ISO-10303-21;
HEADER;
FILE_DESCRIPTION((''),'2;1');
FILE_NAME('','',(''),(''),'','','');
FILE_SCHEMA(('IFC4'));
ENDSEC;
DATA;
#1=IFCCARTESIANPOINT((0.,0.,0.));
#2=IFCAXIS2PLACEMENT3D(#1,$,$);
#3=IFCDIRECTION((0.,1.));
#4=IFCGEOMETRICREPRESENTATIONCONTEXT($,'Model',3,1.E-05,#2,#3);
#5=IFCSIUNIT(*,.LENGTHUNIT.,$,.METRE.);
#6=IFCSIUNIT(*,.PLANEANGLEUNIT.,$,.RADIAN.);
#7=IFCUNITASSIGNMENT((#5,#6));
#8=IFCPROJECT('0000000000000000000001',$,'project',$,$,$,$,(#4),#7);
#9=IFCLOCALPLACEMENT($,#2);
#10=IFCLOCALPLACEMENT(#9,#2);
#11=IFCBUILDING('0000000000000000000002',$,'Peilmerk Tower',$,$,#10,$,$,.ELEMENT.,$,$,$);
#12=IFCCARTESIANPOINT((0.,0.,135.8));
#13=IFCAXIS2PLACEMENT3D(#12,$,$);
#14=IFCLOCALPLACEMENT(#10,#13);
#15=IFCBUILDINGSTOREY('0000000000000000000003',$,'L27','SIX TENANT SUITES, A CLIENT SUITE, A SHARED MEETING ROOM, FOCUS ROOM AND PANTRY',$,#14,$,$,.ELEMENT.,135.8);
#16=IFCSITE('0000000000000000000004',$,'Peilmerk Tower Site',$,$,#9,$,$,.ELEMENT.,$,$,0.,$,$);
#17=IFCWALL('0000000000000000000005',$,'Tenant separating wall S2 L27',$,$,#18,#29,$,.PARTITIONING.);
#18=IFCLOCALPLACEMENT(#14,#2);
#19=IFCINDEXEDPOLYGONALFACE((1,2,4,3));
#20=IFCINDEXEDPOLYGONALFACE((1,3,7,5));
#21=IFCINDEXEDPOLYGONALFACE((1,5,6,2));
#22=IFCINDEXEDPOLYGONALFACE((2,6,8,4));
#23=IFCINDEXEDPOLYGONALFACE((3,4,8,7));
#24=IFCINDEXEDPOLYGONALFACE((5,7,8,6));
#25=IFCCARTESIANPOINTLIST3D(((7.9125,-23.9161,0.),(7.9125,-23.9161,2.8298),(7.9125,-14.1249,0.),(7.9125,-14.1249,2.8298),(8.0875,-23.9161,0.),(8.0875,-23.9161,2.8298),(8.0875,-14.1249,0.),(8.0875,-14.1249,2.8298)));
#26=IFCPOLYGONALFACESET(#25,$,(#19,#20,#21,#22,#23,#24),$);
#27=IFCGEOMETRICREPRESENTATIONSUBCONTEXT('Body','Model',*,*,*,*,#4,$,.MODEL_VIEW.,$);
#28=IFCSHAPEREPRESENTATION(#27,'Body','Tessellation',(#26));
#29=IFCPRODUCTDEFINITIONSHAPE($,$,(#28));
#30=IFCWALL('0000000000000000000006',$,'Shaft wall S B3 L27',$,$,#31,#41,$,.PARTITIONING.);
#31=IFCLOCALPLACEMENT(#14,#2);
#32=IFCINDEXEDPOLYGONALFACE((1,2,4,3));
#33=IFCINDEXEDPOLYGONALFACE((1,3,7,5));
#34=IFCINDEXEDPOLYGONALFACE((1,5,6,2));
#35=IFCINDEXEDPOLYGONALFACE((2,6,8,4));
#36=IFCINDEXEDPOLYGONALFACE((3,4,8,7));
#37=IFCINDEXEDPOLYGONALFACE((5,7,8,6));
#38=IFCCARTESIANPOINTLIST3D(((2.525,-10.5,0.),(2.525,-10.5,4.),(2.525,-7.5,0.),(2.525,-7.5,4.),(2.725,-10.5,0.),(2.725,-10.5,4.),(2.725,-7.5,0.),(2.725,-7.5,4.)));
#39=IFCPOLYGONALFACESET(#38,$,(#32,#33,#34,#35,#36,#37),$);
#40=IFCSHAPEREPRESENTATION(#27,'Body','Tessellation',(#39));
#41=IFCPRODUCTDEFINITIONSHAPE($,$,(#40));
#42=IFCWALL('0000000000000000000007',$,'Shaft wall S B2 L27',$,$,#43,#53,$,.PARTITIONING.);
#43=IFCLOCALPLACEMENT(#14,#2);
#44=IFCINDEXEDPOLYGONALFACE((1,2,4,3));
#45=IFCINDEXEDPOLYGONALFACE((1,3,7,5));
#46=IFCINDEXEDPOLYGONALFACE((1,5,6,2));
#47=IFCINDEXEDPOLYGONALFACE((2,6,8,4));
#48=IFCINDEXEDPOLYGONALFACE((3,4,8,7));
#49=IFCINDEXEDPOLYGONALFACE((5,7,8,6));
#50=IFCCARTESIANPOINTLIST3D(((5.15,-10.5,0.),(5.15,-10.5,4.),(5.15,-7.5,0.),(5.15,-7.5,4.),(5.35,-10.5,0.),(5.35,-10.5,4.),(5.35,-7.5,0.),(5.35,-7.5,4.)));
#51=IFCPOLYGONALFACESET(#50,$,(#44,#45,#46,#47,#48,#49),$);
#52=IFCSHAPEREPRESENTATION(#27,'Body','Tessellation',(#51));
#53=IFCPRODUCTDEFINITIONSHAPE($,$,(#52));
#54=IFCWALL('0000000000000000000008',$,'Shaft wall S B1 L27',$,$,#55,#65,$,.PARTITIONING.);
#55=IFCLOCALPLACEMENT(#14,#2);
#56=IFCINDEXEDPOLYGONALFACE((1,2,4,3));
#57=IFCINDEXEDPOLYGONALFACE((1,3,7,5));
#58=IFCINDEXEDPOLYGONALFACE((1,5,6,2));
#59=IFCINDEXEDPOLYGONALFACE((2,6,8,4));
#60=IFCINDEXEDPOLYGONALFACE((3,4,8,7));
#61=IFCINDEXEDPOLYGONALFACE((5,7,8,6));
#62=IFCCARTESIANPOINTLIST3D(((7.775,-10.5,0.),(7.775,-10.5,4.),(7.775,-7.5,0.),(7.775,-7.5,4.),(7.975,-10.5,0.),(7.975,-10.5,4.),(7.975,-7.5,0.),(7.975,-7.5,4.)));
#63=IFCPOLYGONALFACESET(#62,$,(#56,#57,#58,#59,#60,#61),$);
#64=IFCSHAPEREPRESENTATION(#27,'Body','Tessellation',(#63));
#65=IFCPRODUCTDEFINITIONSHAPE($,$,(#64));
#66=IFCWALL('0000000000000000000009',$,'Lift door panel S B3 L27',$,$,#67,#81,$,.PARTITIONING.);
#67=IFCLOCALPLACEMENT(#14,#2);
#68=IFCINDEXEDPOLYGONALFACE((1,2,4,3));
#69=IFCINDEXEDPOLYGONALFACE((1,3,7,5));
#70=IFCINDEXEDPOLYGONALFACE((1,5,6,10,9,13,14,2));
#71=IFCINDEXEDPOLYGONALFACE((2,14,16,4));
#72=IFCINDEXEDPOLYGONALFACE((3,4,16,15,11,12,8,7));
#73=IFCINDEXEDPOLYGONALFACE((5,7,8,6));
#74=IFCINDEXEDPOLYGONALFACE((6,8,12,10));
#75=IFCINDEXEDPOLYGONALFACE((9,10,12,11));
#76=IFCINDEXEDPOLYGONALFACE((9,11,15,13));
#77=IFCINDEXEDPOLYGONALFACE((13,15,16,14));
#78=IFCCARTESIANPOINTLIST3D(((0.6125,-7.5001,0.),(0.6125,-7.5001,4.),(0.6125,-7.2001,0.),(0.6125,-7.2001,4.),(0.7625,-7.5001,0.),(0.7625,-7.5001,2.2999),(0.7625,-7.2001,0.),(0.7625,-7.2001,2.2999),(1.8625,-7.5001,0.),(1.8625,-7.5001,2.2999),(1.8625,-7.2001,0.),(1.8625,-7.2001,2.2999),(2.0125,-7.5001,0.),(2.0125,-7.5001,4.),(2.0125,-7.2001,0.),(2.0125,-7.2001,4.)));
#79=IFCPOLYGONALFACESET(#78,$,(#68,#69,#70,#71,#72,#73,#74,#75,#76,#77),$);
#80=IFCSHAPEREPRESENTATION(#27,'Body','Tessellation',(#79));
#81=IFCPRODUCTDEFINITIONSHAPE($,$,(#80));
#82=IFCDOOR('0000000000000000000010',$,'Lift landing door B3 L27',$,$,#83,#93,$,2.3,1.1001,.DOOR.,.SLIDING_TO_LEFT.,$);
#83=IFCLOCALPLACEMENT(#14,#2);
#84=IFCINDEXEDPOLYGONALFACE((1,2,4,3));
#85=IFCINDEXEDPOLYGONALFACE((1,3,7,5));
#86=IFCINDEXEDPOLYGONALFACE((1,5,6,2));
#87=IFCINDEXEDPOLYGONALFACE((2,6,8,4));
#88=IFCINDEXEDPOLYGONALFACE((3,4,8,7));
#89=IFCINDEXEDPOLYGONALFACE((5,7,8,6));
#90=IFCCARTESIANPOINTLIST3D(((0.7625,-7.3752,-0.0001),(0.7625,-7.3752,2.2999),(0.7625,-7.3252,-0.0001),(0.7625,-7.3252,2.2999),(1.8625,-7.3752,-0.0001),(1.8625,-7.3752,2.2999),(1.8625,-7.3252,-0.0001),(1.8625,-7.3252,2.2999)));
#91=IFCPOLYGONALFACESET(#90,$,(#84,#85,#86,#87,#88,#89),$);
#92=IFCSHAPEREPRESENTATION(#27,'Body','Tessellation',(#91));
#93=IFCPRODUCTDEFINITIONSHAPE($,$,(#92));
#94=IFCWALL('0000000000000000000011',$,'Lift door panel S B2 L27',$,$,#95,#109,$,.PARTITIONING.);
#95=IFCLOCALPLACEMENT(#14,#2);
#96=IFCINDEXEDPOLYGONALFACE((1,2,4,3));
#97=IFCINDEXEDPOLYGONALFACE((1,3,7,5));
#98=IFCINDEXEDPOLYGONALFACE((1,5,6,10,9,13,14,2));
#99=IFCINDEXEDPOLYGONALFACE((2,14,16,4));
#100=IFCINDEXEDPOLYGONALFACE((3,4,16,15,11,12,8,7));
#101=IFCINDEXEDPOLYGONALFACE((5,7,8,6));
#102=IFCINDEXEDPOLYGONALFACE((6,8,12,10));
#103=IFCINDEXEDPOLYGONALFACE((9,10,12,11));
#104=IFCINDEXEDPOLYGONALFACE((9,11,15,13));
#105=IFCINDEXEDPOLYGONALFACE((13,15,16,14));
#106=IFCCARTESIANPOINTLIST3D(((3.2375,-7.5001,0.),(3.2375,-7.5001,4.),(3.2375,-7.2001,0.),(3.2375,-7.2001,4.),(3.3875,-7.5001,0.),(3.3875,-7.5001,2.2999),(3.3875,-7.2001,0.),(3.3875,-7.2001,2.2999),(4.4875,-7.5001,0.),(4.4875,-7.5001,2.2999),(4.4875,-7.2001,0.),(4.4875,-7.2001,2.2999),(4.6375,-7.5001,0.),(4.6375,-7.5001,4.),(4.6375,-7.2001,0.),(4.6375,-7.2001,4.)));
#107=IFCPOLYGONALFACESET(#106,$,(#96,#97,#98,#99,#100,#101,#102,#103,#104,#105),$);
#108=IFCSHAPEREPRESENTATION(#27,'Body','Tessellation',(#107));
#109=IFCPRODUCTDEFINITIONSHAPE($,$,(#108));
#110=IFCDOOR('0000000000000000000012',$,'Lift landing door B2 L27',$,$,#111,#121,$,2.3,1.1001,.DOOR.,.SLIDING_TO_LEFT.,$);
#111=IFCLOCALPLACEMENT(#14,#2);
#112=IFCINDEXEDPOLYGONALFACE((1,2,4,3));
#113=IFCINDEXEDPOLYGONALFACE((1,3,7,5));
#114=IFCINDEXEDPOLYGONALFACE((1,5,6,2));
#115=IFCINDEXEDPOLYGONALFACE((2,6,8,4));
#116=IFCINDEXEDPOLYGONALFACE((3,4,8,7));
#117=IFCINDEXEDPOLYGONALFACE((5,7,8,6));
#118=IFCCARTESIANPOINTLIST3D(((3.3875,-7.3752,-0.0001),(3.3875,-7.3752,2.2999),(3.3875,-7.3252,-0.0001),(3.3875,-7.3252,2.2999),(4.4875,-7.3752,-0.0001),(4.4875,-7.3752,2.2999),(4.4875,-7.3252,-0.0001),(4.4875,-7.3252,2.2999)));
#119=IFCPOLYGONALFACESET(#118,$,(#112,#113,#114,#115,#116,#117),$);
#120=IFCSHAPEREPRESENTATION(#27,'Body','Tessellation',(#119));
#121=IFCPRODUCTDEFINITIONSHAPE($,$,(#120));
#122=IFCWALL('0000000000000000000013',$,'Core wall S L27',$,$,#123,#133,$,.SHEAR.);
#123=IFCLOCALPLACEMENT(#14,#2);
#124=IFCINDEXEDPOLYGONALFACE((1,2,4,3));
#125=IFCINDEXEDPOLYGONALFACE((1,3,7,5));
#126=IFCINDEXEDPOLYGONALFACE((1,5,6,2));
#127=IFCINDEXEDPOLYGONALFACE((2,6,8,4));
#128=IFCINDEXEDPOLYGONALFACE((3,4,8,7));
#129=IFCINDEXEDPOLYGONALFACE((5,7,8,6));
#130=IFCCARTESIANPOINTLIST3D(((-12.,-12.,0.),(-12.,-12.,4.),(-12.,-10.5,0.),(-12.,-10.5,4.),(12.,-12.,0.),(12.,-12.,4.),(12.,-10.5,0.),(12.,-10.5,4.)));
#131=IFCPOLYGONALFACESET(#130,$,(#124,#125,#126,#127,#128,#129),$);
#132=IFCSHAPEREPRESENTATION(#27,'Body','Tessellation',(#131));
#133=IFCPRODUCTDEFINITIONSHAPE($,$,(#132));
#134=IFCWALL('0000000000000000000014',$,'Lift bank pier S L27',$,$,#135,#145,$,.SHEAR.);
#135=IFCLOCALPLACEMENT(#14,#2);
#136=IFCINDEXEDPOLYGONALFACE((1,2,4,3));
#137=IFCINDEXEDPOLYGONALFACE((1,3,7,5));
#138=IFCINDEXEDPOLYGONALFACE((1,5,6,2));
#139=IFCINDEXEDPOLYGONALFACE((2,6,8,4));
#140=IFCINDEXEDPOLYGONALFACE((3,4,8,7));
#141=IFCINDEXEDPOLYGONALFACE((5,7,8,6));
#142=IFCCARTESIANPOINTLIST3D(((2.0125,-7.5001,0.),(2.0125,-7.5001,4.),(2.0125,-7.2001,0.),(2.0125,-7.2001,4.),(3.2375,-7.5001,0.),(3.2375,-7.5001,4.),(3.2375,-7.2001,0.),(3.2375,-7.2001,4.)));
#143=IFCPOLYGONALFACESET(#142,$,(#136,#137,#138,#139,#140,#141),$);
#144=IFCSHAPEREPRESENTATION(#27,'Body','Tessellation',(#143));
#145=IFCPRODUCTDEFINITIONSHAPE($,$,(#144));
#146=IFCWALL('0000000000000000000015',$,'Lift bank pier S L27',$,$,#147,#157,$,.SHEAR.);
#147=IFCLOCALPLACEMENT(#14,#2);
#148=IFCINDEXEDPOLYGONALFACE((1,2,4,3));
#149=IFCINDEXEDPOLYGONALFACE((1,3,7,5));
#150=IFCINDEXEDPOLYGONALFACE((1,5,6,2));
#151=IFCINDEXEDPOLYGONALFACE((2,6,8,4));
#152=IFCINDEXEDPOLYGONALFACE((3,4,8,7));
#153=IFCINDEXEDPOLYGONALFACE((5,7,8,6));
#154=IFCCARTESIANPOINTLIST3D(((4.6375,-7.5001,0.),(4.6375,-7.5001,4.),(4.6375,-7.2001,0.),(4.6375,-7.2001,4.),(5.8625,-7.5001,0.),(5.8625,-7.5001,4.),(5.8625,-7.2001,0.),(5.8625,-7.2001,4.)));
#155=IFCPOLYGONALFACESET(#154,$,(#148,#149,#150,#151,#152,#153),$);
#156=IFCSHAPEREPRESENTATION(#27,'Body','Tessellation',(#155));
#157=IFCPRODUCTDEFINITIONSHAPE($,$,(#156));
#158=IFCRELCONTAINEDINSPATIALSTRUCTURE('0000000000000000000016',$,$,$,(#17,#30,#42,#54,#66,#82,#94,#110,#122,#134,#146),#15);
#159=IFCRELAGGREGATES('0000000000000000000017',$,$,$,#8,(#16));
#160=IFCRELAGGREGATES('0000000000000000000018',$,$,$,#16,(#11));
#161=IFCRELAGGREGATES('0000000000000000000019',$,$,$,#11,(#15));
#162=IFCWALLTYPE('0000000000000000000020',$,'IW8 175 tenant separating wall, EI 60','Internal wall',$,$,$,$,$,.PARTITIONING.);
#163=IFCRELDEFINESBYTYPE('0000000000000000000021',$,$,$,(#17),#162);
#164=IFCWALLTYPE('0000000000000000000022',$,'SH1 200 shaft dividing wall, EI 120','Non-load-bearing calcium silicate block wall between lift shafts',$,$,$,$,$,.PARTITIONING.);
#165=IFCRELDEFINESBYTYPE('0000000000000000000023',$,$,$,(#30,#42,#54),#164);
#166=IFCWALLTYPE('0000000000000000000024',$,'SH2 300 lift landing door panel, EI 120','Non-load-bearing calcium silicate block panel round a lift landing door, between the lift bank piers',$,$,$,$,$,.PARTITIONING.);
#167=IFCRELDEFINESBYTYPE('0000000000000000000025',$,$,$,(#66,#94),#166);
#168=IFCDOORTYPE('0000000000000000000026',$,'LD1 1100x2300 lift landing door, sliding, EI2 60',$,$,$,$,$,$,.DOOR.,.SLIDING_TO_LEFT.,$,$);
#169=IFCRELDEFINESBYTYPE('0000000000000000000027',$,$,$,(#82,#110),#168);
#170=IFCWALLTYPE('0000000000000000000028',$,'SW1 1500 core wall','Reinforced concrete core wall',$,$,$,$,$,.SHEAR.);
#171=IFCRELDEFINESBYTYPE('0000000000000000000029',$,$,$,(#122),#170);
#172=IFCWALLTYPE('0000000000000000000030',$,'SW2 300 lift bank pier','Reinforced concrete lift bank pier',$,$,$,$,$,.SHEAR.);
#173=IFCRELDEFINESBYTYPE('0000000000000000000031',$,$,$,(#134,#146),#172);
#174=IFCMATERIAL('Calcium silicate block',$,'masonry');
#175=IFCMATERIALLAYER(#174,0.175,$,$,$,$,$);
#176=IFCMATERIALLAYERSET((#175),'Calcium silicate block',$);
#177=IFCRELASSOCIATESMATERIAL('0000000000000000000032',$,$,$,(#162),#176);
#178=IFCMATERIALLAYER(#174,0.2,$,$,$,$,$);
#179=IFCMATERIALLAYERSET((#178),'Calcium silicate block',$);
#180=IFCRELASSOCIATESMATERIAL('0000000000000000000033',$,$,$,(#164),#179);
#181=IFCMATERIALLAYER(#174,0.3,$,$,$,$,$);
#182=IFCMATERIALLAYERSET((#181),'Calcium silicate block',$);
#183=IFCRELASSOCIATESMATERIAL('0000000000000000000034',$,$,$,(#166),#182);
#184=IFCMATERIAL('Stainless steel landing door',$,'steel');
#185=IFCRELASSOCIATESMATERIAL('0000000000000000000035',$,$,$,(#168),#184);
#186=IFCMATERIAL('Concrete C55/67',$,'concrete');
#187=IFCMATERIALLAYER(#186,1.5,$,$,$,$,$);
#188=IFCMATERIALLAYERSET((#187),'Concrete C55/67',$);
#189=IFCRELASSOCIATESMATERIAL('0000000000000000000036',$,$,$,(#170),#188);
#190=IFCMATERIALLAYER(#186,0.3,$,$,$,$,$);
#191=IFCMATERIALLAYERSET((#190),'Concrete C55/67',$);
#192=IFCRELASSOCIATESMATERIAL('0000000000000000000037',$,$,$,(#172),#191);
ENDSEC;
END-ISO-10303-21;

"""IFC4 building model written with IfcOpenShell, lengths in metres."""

from ifc_helpers import new_model, si_unit, direction, frame, frame_2d, origin, place, context, subcontext, project, spatial, rectangle, extrude, material, layer, layer_set, type_object, element, fill, save


model = new_model("IFC4")

# Units and contexts
model_context = context("Model", 3, precision=1e-05, world=origin(), true_north=direction((0.0, 1.0)))
body_context = subcontext(model_context, "Body", "Model", "MODEL_VIEW")
ifc_project = project(units=[si_unit("LENGTHUNIT", "METRE"), si_unit("PLANEANGLEUNIT", "RADIAN")], contexts=[model_context])

# Site, building, storey
site_placement = place(None, origin())
site = spatial("IfcSite", under=ifc_project, at=site_placement, Name="Peilmerk Tower Site", CompositionType="ELEMENT", RefElevation=0.0)
building_placement = place(site_placement, origin())
building = spatial("IfcBuilding", under=site, at=building_placement, Name="Peilmerk Tower", CompositionType="ELEMENT")
storey_placement = place(building_placement, frame((0.0, 0.0, 135.8)))
storey = spatial("IfcBuildingStorey", under=building, at=storey_placement, Name="L27", Description="SIX TENANT SUITES, A CLIENT SUITE, A SHARED MEETING ROOM, FOCUS ROOM AND PANTRY", CompositionType="ELEMENT", Elevation=135.8)

# Shared definitions
ifc_material_1 = material(Name="Calcium silicate block", Category="masonry")

# Walls
ifc_layer_1 = layer(ifc_material_1, 0.175)
ifc_layer_set_1 = layer_set([ifc_layer_1], Name="Calcium silicate block")
wall_type_1 = type_object("IfcWallType", Name="IW8 175 tenant separating wall, EI 60", Description="Internal wall", PredefinedType="PARTITIONING", material=ifc_layer_set_1)
wall_1_placement = place(storey_placement, frame((8.0, -14.125, 0.0), z_axis=(0.0, 0.0, 1.0), x_axis=(0.0, -1.0, 0.0)))
element("IfcWall", 1, at=wall_1_placement, inside=storey, type_object=wall_type_1, Name="Tenant separating wall S2 L27", PredefinedType="PARTITIONING", context=body_context, shape_type="SweptSolid", body=[
    extrude(rectangle(XDim=9.7913, YDim=0.175, at=frame_2d((4.8955, 0.0))), origin(), (0.0, 0.0, 1.0), 2.8298),
])
ifc_layer_2 = layer(ifc_material_1, 0.2)
ifc_layer_set_2 = layer_set([ifc_layer_2], Name="Calcium silicate block")
wall_type_2 = type_object("IfcWallType", Name="SH1 200 shaft dividing wall, EI 120", Description="Non-load-bearing calcium silicate block wall between lift shafts", PredefinedType="PARTITIONING", material=ifc_layer_set_2)
for number, where, z_axis, x_axis, name in (
    (2, (2.625, -10.5, 0.0), (0.0, 0.0, 1.0), (0.0, 1.0, 0.0), "Shaft wall S B3 L27"),
    (3, (5.25, -10.5, 0.0), (0.0, 0.0, 1.0), (0.0, 1.0, 0.0), "Shaft wall S B2 L27"),
    (4, (7.875, -10.5, 0.0), (0.0, 0.0, 1.0), (0.0, 1.0, 0.0), "Shaft wall S B1 L27"),
):
    element("IfcWall", number, at=place(storey_placement, frame(where, z_axis=z_axis, x_axis=x_axis)), inside=storey, type_object=wall_type_2, Name=name, PredefinedType="PARTITIONING", context=body_context, shape_type="SweptSolid", body=[
        extrude(rectangle(XDim=3.0, YDim=0.2, at=frame_2d((1.5, 0.0))), origin(), (0.0, 0.0, 1.0), 4.0),
    ])

# Walls, openings, doors
ifc_layer_3 = layer(ifc_material_1, 0.3)
ifc_layer_set_3 = layer_set([ifc_layer_3], Name="Calcium silicate block")
wall_type_3 = type_object("IfcWallType", Name="SH2 300 lift landing door panel, EI 120", Description="Non-load-bearing calcium silicate block panel round a lift landing door, between the lift bank piers", PredefinedType="PARTITIONING", material=ifc_layer_set_3)
wall_2_placement = place(storey_placement, frame((0.6125, -7.3501, 0.0), z_axis=(0.0, 0.0, 1.0), x_axis=(1.0, 0.0, 0.0)))
wall_2 = element("IfcWall", 5, at=wall_2_placement, inside=storey, type_object=wall_type_3, Name="Lift door panel S B3 L27", PredefinedType="PARTITIONING", context=body_context, shape_type="SweptSolid", body=[
    extrude(rectangle(XDim=1.3999, YDim=0.3, at=frame_2d((0.7, 0.0))), origin(), (0.0, 0.0, 1.0), 4.0),
])
opening_1_placement = place(wall_2_placement, frame((0.1499, 0.0, 0.0)))
opening_1 = element("IfcOpeningElement", 6, at=opening_1_placement, cuts=wall_2, PredefinedType="OPENING", context=body_context, shape_type="SweptSolid", body=[
    extrude(rectangle(XDim=1.1001, YDim=2.3, at=frame_2d((0.55, 1.1499))), frame((0.0, 0.1599, 0.0), z_axis=(0.0, -1.0, 0.0), x_axis=(1.0, 0.0, 0.0)), (0.0, 0.0, 1.0), 0.3201),
])
ifc_material_2 = material(Name="Stainless steel landing door", Category="steel")
door_type_1 = type_object("IfcDoorType", Name="LD1 1100x2300 lift landing door, sliding, EI2 60", OperationType="SLIDING_TO_LEFT", PredefinedType="DOOR", material=ifc_material_2)
door_1_placement = place(opening_1_placement, origin())
door_1 = element("IfcDoor", 7, at=door_1_placement, inside=storey, type_object=door_type_1, Name="Lift landing door B3 L27", OperationType="SLIDING_TO_LEFT", OverallHeight=2.3, OverallWidth=1.1001, PredefinedType="DOOR", context=body_context, shape_type="SweptSolid", body=[
    extrude(rectangle(XDim=1.1001, YDim=2.3, at=frame_2d((0.55, 1.1499))), frame((0.0, 0.0249, 0.0), z_axis=(0.0, -1.0, 0.0), x_axis=(1.0, 0.0, 0.0)), (0.0, 0.0, 1.0), 0.05),
])
fill(opening_1, door_1)
wall_3_placement = place(storey_placement, frame((3.2375, -7.3501, 0.0), z_axis=(0.0, 0.0, 1.0), x_axis=(1.0, 0.0, 0.0)))
wall_3 = element("IfcWall", 8, at=wall_3_placement, inside=storey, type_object=wall_type_3, Name="Lift door panel S B2 L27", PredefinedType="PARTITIONING", context=body_context, shape_type="SweptSolid", body=[
    extrude(rectangle(XDim=1.3999, YDim=0.3, at=frame_2d((0.7, 0.0))), origin(), (0.0, 0.0, 1.0), 4.0),
])
opening_2_placement = place(wall_3_placement, frame((0.1499, 0.0, 0.0)))
opening_2 = element("IfcOpeningElement", 9, at=opening_2_placement, cuts=wall_3, PredefinedType="OPENING", context=body_context, shape_type="SweptSolid", body=[
    extrude(rectangle(XDim=1.1001, YDim=2.3, at=frame_2d((0.55, 1.1499))), frame((0.0, 0.1599, 0.0), z_axis=(0.0, -1.0, 0.0), x_axis=(1.0, 0.0, 0.0)), (0.0, 0.0, 1.0), 0.3201),
])
door_2_placement = place(opening_2_placement, origin())
door_2 = element("IfcDoor", 10, at=door_2_placement, inside=storey, type_object=door_type_1, Name="Lift landing door B2 L27", OperationType="SLIDING_TO_LEFT", OverallHeight=2.3, OverallWidth=1.1001, PredefinedType="DOOR", context=body_context, shape_type="SweptSolid", body=[
    extrude(rectangle(XDim=1.1001, YDim=2.3, at=frame_2d((0.55, 1.1499))), frame((0.0, 0.0249, 0.0), z_axis=(0.0, -1.0, 0.0), x_axis=(1.0, 0.0, 0.0)), (0.0, 0.0, 1.0), 0.05),
])
fill(opening_2, door_2)

# Walls
ifc_material_3 = material(Name="Concrete C55/67", Category="concrete")
ifc_layer_4 = layer(ifc_material_3, 1.5)
ifc_layer_set_4 = layer_set([ifc_layer_4], Name="Concrete C55/67")
wall_type_4 = type_object("IfcWallType", Name="SW1 1500 core wall", Description="Reinforced concrete core wall", PredefinedType="SHEAR", material=ifc_layer_set_4)
wall_4_placement = place(storey_placement, frame((12.0, -11.25, 0.0), z_axis=(0.0, 0.0, 1.0), x_axis=(-1.0, 0.0, 0.0)))
element("IfcWall", 11, at=wall_4_placement, inside=storey, type_object=wall_type_4, Name="Core wall S L27", PredefinedType="SHEAR", context=body_context, shape_type="SweptSolid", body=[
    extrude(rectangle(XDim=24.0, YDim=1.5, at=frame_2d((12.0, 0.0))), origin(), (0.0, 0.0, 1.0), 4.0),
])
ifc_layer_5 = layer(ifc_material_3, 0.3)
ifc_layer_set_5 = layer_set([ifc_layer_5], Name="Concrete C55/67")
wall_type_5 = type_object("IfcWallType", Name="SW2 300 lift bank pier", Description="Reinforced concrete lift bank pier", PredefinedType="SHEAR", material=ifc_layer_set_5)
for number, where, z_axis, x_axis, name in (
    (12, (2.0125, -7.3501, 0.0), (0.0, 0.0, 1.0), (1.0, 0.0, 0.0), "Lift bank pier S L27"),
    (13, (4.6375, -7.3501, 0.0), (0.0, 0.0, 1.0), (1.0, 0.0, 0.0), "Lift bank pier S L27"),
):
    element("IfcWall", number, at=place(storey_placement, frame(where, z_axis=z_axis, x_axis=x_axis)), inside=storey, type_object=wall_type_5, Name=name, PredefinedType="SHEAR", context=body_context, shape_type="SweptSolid", body=[
        extrude(rectangle(XDim=1.2251, YDim=0.3, at=frame_2d((0.6125, 0.0))), origin(), (0.0, 0.0, 1.0), 4.0),
    ])

save(model, "model.ifc")
